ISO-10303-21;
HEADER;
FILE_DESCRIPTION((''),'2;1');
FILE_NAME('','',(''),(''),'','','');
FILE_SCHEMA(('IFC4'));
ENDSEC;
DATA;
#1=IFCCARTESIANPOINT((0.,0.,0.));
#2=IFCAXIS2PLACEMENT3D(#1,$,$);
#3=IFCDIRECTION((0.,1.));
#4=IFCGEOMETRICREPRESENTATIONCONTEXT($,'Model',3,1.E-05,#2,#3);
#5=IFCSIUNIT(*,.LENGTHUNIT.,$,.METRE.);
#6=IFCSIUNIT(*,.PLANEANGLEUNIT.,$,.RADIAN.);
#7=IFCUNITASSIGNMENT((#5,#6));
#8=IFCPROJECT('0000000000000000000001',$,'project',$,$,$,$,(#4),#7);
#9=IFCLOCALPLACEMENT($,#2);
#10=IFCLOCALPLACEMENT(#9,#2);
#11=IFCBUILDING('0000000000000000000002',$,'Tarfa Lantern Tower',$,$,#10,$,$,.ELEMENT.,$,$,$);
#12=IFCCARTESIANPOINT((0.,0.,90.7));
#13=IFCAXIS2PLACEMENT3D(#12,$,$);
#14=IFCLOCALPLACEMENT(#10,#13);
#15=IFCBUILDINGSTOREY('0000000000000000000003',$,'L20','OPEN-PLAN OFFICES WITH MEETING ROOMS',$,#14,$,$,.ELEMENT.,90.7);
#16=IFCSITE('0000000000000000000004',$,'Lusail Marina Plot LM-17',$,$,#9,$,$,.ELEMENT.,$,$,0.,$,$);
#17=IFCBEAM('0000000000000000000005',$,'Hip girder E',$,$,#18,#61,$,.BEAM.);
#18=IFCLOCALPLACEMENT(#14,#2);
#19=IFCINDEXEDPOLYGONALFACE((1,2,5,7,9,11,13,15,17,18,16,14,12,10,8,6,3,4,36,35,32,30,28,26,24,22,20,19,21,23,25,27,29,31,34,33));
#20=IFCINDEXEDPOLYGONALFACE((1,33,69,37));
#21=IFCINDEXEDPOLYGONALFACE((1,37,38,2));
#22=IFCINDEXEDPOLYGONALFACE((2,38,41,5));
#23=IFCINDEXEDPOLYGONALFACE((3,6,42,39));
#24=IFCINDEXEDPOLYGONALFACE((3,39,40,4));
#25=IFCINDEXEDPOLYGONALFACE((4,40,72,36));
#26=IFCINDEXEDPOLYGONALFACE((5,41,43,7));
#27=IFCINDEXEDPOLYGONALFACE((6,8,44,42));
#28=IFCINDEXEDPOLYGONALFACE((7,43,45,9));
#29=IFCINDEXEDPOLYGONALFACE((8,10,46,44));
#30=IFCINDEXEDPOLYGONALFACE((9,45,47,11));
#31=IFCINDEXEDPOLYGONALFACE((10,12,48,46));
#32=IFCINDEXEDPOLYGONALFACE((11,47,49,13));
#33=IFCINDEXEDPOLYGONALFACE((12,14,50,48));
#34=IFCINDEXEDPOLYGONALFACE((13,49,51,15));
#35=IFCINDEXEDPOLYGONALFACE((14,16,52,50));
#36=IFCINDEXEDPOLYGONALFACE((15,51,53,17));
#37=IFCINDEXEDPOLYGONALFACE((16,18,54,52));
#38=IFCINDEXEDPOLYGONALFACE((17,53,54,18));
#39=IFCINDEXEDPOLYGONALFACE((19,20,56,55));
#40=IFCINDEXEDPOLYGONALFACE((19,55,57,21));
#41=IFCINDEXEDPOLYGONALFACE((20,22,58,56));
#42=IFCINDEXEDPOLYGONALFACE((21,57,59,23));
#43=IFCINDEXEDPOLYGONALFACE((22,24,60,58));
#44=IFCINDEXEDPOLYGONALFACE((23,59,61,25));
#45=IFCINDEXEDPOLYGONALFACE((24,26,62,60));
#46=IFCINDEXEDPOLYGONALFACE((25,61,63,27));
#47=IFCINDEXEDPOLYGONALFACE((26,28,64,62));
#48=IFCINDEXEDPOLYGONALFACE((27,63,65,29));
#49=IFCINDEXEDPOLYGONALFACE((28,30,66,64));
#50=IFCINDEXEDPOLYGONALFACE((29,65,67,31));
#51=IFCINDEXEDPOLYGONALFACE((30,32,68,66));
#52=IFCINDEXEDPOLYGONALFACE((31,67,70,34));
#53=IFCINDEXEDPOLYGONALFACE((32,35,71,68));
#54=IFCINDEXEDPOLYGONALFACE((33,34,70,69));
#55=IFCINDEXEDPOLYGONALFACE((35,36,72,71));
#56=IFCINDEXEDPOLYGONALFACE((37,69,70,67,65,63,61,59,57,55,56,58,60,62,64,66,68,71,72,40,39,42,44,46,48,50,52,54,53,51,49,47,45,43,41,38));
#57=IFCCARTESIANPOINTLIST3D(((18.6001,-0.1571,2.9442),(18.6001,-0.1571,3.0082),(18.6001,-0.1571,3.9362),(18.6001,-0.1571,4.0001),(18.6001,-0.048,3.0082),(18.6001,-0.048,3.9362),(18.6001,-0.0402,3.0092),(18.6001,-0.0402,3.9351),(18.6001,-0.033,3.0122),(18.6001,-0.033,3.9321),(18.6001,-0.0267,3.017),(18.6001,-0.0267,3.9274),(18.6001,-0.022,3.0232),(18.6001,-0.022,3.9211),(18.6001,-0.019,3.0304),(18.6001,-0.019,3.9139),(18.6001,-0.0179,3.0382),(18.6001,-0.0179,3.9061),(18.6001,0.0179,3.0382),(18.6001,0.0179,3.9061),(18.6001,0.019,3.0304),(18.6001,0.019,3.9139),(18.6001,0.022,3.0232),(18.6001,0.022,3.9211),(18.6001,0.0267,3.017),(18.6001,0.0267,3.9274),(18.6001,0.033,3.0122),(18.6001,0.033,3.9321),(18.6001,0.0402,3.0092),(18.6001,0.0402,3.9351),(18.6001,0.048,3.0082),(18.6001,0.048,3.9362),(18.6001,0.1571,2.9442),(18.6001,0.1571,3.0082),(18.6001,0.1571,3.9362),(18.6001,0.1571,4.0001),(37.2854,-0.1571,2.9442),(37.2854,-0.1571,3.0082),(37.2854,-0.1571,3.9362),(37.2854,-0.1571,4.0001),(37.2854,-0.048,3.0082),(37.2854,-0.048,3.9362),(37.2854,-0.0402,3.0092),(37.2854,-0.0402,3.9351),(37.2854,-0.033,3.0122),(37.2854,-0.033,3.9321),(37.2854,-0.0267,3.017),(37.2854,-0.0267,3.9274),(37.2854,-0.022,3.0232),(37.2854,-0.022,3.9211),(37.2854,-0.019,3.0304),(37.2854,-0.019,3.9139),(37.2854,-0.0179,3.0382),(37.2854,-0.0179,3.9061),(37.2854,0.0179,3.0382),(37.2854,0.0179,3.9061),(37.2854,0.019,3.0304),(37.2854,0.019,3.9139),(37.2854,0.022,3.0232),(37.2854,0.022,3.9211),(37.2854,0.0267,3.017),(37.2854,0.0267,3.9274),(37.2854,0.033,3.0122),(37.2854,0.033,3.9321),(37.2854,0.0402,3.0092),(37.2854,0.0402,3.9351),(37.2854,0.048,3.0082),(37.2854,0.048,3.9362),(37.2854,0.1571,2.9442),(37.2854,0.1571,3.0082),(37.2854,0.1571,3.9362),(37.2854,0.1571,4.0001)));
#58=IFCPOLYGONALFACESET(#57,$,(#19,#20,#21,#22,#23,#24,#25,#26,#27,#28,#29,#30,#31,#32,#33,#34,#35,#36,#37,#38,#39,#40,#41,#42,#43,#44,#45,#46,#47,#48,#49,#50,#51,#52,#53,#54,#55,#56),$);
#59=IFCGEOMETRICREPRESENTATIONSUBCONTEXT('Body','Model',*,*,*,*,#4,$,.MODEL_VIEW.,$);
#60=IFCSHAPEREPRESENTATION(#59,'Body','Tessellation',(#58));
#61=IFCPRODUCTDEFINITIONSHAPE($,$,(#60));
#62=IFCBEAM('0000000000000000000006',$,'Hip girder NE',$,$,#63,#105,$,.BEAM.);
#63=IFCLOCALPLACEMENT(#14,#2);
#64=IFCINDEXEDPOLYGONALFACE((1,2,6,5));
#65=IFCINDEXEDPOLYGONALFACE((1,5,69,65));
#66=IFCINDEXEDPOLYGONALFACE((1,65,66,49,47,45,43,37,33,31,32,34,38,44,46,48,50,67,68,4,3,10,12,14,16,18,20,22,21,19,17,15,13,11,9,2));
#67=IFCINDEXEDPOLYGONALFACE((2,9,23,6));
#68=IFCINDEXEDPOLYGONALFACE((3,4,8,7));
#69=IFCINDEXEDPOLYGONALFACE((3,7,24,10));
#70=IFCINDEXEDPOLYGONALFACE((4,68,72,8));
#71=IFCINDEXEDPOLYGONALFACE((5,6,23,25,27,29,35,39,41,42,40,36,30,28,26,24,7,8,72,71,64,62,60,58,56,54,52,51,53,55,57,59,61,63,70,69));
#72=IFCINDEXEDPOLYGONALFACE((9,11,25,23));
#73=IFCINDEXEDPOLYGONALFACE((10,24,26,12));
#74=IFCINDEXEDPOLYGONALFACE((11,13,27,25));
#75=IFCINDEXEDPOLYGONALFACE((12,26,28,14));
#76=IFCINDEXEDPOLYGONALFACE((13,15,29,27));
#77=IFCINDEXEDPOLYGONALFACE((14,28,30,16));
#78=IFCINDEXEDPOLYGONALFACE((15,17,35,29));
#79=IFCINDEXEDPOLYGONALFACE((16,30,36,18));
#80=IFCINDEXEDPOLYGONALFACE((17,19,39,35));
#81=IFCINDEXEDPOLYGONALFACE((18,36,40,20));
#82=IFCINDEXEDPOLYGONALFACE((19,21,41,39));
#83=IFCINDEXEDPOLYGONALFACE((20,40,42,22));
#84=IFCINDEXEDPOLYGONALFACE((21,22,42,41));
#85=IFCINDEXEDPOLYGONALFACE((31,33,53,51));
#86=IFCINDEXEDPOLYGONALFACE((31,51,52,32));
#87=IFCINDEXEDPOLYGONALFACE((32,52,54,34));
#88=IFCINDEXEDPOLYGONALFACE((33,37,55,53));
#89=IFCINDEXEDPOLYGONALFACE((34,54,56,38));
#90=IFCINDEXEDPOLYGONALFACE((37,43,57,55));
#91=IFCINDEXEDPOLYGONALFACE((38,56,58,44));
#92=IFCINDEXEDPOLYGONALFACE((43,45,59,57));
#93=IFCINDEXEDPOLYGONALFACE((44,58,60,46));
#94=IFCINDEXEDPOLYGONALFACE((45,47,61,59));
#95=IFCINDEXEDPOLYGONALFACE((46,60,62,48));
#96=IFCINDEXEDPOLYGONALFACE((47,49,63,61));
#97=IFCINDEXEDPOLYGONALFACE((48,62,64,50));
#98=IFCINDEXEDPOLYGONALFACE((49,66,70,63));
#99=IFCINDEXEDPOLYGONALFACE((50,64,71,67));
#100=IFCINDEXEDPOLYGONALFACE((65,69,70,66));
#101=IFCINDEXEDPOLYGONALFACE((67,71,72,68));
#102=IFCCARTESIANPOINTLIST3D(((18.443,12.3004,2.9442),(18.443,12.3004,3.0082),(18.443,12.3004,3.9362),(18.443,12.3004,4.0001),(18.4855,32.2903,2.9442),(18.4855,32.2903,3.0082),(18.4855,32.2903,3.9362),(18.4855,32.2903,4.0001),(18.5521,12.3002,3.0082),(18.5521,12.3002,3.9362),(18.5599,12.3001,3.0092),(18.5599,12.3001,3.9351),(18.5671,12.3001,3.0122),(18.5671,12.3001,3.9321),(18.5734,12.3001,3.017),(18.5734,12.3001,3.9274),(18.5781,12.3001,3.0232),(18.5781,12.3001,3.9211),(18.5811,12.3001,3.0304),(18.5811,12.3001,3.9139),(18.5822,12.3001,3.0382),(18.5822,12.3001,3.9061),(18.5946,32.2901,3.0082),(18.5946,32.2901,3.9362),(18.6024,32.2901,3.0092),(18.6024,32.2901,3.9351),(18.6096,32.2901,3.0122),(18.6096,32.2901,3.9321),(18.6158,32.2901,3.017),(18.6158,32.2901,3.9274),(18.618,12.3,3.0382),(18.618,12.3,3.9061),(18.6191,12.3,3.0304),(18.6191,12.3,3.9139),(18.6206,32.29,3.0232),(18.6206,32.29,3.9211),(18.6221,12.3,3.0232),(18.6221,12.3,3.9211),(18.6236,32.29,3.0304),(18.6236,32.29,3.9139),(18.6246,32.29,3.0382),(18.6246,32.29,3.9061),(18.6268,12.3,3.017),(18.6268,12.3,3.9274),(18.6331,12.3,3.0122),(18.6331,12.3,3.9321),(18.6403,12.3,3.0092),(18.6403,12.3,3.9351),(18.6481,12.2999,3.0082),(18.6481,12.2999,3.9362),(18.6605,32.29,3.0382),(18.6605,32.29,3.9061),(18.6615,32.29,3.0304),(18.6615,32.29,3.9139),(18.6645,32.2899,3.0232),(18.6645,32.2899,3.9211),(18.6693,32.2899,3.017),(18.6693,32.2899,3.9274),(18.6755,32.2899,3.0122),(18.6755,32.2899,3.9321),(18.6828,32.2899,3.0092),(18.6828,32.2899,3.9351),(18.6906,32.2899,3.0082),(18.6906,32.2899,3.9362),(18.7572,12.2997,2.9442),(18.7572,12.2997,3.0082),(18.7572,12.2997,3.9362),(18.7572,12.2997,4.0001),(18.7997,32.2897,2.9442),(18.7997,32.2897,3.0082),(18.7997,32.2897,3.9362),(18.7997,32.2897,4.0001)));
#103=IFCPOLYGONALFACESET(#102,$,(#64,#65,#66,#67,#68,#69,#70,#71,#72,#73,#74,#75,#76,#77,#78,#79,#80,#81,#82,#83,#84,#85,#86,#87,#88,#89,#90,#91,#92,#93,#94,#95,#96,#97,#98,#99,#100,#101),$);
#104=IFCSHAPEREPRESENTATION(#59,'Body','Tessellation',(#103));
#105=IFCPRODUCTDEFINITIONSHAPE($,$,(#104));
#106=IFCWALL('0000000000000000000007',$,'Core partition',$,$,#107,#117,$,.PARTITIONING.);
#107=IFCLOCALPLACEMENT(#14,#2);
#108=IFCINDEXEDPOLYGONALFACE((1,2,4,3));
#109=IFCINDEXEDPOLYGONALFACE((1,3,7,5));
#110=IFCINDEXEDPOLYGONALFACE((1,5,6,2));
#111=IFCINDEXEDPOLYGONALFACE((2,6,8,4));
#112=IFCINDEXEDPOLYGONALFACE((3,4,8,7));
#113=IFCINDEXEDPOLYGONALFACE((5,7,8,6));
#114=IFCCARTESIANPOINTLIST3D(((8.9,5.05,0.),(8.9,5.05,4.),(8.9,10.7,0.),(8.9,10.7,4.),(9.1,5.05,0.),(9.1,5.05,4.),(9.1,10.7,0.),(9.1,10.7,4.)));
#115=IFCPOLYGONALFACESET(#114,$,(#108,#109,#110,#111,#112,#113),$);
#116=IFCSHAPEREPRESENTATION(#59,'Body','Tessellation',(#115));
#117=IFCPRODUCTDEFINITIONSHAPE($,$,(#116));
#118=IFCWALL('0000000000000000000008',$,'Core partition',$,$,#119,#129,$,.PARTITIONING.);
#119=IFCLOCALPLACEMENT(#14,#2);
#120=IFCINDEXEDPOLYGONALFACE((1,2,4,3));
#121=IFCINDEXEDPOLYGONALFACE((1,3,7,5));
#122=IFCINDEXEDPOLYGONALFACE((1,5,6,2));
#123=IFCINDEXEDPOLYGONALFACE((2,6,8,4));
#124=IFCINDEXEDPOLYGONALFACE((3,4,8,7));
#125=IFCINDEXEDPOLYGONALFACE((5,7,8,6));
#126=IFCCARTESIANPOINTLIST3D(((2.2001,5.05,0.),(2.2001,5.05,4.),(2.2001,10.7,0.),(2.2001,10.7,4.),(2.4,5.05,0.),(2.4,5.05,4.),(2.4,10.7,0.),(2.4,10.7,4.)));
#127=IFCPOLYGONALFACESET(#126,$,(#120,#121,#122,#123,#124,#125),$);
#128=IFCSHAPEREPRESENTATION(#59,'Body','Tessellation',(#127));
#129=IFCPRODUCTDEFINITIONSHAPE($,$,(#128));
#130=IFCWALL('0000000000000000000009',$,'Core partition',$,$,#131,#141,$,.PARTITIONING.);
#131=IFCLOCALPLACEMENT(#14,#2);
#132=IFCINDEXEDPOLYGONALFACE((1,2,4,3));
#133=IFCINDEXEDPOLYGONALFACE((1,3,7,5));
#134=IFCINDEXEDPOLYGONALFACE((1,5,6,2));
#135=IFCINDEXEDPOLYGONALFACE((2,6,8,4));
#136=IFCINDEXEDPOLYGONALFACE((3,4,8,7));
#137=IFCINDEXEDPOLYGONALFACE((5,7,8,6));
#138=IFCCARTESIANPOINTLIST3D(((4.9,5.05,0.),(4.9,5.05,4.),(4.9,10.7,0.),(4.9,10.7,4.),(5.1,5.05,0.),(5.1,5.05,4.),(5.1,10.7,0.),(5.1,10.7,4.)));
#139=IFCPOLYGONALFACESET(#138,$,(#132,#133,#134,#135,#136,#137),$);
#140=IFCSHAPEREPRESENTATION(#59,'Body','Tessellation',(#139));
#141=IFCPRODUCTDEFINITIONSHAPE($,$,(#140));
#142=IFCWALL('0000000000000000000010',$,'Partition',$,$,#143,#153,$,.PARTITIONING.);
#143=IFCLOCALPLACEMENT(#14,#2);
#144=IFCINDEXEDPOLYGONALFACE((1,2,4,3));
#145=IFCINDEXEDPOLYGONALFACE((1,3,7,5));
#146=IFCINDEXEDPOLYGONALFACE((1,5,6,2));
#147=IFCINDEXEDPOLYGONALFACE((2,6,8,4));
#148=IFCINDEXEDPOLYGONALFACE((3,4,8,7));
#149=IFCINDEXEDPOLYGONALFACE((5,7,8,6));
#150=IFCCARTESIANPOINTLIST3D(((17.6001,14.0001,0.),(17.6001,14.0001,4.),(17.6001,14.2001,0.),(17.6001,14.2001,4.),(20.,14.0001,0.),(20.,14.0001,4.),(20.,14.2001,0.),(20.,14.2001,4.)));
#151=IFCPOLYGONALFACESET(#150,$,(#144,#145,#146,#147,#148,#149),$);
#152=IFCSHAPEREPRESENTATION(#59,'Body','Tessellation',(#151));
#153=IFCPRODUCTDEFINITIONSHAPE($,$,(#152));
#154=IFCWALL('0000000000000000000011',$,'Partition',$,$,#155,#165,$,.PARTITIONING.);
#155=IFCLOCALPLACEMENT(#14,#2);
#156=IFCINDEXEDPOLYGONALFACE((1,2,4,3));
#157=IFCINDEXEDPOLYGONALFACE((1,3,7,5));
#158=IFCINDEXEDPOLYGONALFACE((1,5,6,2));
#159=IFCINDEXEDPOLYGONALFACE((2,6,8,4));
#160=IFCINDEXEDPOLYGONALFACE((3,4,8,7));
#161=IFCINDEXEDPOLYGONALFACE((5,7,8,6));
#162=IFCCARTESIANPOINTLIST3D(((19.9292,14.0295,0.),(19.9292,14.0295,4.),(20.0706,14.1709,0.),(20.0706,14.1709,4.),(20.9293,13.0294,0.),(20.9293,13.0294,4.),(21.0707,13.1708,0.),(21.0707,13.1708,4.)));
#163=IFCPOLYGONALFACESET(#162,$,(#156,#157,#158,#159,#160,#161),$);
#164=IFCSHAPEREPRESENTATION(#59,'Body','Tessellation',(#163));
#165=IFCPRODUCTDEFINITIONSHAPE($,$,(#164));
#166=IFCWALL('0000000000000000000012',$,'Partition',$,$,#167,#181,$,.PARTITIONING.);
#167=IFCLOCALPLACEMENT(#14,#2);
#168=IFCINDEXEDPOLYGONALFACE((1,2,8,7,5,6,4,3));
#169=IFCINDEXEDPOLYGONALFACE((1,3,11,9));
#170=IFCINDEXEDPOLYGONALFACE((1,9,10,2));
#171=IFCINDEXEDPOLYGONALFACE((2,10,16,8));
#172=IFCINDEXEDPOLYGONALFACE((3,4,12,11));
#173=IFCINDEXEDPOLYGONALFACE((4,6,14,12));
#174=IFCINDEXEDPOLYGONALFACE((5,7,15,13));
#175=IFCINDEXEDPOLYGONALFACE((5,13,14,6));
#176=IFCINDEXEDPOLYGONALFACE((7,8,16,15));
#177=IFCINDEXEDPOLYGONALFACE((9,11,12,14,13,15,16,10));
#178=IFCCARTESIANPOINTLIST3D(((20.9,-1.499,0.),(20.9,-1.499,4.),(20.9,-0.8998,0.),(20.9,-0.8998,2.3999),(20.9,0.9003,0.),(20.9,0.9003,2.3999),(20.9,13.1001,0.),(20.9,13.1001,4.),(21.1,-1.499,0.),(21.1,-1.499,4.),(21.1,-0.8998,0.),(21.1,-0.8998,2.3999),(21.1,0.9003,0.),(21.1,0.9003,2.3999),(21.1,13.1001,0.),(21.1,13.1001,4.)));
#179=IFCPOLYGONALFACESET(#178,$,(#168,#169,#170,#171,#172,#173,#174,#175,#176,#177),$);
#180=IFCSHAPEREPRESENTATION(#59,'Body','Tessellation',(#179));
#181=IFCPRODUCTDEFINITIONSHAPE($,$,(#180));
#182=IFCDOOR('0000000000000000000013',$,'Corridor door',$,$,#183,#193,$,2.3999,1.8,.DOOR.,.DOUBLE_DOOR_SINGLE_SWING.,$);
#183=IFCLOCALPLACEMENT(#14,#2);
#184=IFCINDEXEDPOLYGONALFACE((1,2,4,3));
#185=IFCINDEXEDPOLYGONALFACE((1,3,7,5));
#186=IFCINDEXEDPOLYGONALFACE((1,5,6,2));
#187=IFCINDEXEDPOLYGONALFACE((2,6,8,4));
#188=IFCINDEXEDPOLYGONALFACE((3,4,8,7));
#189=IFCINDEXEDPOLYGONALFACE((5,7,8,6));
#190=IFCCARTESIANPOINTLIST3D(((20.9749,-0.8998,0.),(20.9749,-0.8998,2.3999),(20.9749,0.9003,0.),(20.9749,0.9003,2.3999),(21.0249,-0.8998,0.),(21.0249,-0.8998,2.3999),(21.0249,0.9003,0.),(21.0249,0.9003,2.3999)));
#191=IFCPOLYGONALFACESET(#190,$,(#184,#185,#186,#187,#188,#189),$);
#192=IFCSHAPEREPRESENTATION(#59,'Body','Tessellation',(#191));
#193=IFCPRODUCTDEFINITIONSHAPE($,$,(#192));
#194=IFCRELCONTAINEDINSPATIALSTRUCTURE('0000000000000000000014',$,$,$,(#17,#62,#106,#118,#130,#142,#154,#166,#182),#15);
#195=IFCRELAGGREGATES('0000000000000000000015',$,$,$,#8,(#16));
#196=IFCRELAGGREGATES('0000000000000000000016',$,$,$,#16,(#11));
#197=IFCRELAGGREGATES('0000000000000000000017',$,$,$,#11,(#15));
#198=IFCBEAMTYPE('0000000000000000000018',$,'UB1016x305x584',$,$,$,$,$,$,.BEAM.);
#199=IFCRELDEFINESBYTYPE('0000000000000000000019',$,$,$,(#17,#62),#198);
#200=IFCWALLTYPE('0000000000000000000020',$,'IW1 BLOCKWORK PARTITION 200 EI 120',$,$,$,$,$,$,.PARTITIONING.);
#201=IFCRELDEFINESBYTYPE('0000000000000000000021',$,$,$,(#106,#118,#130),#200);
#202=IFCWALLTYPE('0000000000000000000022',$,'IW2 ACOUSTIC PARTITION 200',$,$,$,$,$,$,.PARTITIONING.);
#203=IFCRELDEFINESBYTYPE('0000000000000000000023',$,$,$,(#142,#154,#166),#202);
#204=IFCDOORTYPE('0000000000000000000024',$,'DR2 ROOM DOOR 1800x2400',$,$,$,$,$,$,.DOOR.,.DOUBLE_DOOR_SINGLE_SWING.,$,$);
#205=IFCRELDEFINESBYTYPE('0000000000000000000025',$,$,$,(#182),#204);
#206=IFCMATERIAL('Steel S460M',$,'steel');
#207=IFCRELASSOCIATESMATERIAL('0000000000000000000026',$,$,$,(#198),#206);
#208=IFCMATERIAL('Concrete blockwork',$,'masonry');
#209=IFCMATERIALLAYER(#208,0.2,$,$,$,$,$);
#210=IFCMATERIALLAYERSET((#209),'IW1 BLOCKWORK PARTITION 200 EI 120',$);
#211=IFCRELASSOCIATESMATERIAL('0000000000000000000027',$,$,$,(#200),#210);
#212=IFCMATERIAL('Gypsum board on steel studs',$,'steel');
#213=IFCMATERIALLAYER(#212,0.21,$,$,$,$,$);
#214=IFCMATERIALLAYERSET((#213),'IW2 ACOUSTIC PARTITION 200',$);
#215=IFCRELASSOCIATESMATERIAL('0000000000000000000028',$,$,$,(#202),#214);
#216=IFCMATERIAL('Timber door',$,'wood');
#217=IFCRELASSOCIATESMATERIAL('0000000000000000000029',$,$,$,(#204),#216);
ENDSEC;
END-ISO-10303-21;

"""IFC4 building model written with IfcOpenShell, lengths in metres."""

from ifc_helpers import new_model, si_unit, direction, frame, frame_2d, origin, origin_2d, place, context, subcontext, project, spatial, rectangle, i_section, extrude, material, layer, layer_set, material_profile, profile_set, type_object, element, fill, save


model = new_model("IFC4")

# Units and contexts
model_context = context("Model", 3, precision=1e-05, world=origin(), true_north=direction((0.0, 1.0)))
body_context = subcontext(model_context, "Body", "Model", "MODEL_VIEW")
ifc_project = project(units=[si_unit("LENGTHUNIT", "METRE"), si_unit("PLANEANGLEUNIT", "RADIAN")], contexts=[model_context])

# Site, building, storey
site_placement = place(None, origin())
site = spatial("IfcSite", under=ifc_project, at=site_placement, Name="Lusail Marina Plot LM-17", CompositionType="ELEMENT", RefElevation=0.0)
building_placement = place(site_placement, origin())
building = spatial("IfcBuilding", under=site, at=building_placement, Name="Tarfa Lantern Tower", CompositionType="ELEMENT")
storey_placement = place(building_placement, frame((0.0, 0.0, 90.7)))
storey = spatial("IfcBuildingStorey", under=building, at=storey_placement, Name="L20", Description="OPEN-PLAN OFFICES WITH MEETING ROOMS", CompositionType="ELEMENT", Elevation=90.7)

# Beams
ifc_material_1 = material(Name="Steel S460M", Category="steel")
ifc_material_profile = material_profile(ifc_material_1, i_section(OverallWidth=0.3142, OverallDepth=1.0559, WebThickness=0.0359, FlangeThickness=0.064, FilletRadius=0.03, at=origin_2d()), Name="UB1016x305x584")
ifc_profile_set = profile_set([ifc_material_profile], Name="Steel S460M")
beam_type = type_object("IfcBeamType", Name="UB1016x305x584", PredefinedType="BEAM", material=ifc_profile_set)
beam_1_placement = place(storey_placement, frame((18.6001, 0.0, 3.4722), z_axis=(1.0, 0.0, 0.0), x_axis=(0.0, 1.0, 0.0)))
element("IfcBeam", 1, at=beam_1_placement, inside=storey, type_object=beam_type, Name="Hip girder E", PredefinedType="BEAM", context=body_context, shape_type="SweptSolid", body=[
    extrude(i_section(OverallWidth=0.3142, OverallDepth=1.0559, WebThickness=0.0359, FlangeThickness=0.064, FilletRadius=0.03, at=origin_2d()), origin(), (0.0, 0.0, 1.0), 18.6853),
])
beam_2_placement = place(storey_placement, frame((18.6001, 12.3, 3.4722), z_axis=(0.002125, 0.999998, 0.0), x_axis=(-0.999998, 0.002125, 0.0)))
element("IfcBeam", 2, at=beam_2_placement, inside=storey, type_object=beam_type, Name="Hip girder NE", PredefinedType="BEAM", context=body_context, shape_type="SweptSolid", body=[
    extrude(i_section(OverallWidth=0.3142, OverallDepth=1.0559, WebThickness=0.0359, FlangeThickness=0.064, FilletRadius=0.03, at=origin_2d()), origin(), (0.0, 0.0, 1.0), 19.99),
])

# Walls
ifc_material_2 = material(Name="Concrete blockwork", Category="masonry")
ifc_layer_1 = layer(ifc_material_2, 0.2)
ifc_layer_set_1 = layer_set([ifc_layer_1], Name="IW1 BLOCKWORK PARTITION 200 EI 120")
wall_type_1 = type_object("IfcWallType", Name="IW1 BLOCKWORK PARTITION 200 EI 120", PredefinedType="PARTITIONING", material=ifc_layer_set_1)
for number, where, z_axis, x_axis, name in (
    (3, (9.0, 5.05, 0.0), (0.0, 0.0, 1.0), (0.0, 1.0, 0.0), "Core partition"),
    (4, (2.3, 5.05, 0.0), (0.0, 0.0, 1.0), (0.0, 1.0, 0.0), "Core partition"),
    (5, (5.0, 5.05, 0.0), (0.0, 0.0, 1.0), (0.0, 1.0, 0.0), "Core partition"),
):
    element("IfcWall", number, at=place(storey_placement, frame(where, z_axis=z_axis, x_axis=x_axis)), inside=storey, type_object=wall_type_1, Name=name, PredefinedType="PARTITIONING", context=body_context, shape_type="SweptSolid", body=[
        extrude(rectangle(XDim=5.6499, YDim=0.2, at=frame_2d((2.825, 0.0))), origin(), (0.0, 0.0, 1.0), 4.0),
    ])
ifc_material_3 = material(Name="Gypsum board on steel studs", Category="steel")
ifc_layer_2 = layer(ifc_material_3, 0.21)
ifc_layer_set_2 = layer_set([ifc_layer_2], Name="IW2 ACOUSTIC PARTITION 200")
wall_type_2 = type_object("IfcWallType", Name="IW2 ACOUSTIC PARTITION 200", PredefinedType="PARTITIONING", material=ifc_layer_set_2)
wall_1_placement = place(storey_placement, frame((17.6001, 14.1001, 0.0), z_axis=(0.0, 0.0, 1.0), x_axis=(1.0, 0.0, 0.0)))
element("IfcWall", 6, at=wall_1_placement, inside=storey, type_object=wall_type_2, Name="Partition", PredefinedType="PARTITIONING", context=body_context, shape_type="SweptSolid", body=[
    extrude(rectangle(XDim=2.3999, YDim=0.2, at=frame_2d((1.2, 0.0))), origin(), (0.0, 0.0, 1.0), 4.0),
])
wall_2_placement = place(storey_placement, frame((20.0, 14.1001, 0.0), z_axis=(0.0, 0.0, 1.0), x_axis=(0.707107, -0.707107, 0.0)))
element("IfcWall", 7, at=wall_2_placement, inside=storey, type_object=wall_type_2, Name="Partition", PredefinedType="PARTITIONING", context=body_context, shape_type="SweptSolid", body=[
    extrude(rectangle(XDim=1.4143, YDim=0.2, at=frame_2d((0.707, 0.0))), origin(), (0.0, 0.0, 1.0), 4.0),
])

# Wall, opening, door
wall_3_placement = place(storey_placement, frame((21.0, 13.1001, 0.0), z_axis=(0.0, 0.0, 1.0), x_axis=(0.0, -1.0, 0.0)))
wall_3 = element("IfcWall", 8, at=wall_3_placement, inside=storey, type_object=wall_type_2, Name="Partition", PredefinedType="PARTITIONING", context=body_context, shape_type="SweptSolid", body=[
    extrude(rectangle(XDim=14.5991, YDim=0.2, at=frame_2d((7.2996, 0.0))), origin(), (0.0, 0.0, 1.0), 4.0),
])
opening_1_placement = place(wall_3_placement, frame((12.2, 0.0, 0.0)))
opening_1 = element("IfcOpeningElement", 9, at=opening_1_placement, cuts=wall_3, PredefinedType="OPENING", context=body_context, shape_type="SweptSolid", body=[
    extrude(rectangle(XDim=1.8, YDim=2.3999, at=frame_2d((0.8999, 1.2))), frame((0.0, 0.1099, 0.0), z_axis=(0.0, -1.0, 0.0), x_axis=(1.0, 0.0, 0.0)), (0.0, 0.0, 1.0), 0.22),
])
ifc_material_4 = material(Name="Timber door", Category="wood")
door_type_1 = type_object("IfcDoorType", Name="DR2 ROOM DOOR 1800x2400", OperationType="DOUBLE_DOOR_SINGLE_SWING", PredefinedType="DOOR", material=ifc_material_4)
door_1_placement = place(opening_1_placement, origin())
door_1 = element("IfcDoor", 10, at=door_1_placement, inside=storey, type_object=door_type_1, Name="Corridor door", OperationType="DOUBLE_DOOR_SINGLE_SWING", OverallHeight=2.3999, OverallWidth=1.8, PredefinedType="DOOR", context=body_context, shape_type="SweptSolid", body=[
    extrude(rectangle(XDim=1.8, YDim=2.3999, at=frame_2d((0.8999, 1.2))), frame((0.0, 0.0249, 0.0), z_axis=(0.0, -1.0, 0.0), x_axis=(1.0, 0.0, 0.0)), (0.0, 0.0, 1.0), 0.05),
])
fill(opening_1, door_1)

save(model, "model.ifc")
